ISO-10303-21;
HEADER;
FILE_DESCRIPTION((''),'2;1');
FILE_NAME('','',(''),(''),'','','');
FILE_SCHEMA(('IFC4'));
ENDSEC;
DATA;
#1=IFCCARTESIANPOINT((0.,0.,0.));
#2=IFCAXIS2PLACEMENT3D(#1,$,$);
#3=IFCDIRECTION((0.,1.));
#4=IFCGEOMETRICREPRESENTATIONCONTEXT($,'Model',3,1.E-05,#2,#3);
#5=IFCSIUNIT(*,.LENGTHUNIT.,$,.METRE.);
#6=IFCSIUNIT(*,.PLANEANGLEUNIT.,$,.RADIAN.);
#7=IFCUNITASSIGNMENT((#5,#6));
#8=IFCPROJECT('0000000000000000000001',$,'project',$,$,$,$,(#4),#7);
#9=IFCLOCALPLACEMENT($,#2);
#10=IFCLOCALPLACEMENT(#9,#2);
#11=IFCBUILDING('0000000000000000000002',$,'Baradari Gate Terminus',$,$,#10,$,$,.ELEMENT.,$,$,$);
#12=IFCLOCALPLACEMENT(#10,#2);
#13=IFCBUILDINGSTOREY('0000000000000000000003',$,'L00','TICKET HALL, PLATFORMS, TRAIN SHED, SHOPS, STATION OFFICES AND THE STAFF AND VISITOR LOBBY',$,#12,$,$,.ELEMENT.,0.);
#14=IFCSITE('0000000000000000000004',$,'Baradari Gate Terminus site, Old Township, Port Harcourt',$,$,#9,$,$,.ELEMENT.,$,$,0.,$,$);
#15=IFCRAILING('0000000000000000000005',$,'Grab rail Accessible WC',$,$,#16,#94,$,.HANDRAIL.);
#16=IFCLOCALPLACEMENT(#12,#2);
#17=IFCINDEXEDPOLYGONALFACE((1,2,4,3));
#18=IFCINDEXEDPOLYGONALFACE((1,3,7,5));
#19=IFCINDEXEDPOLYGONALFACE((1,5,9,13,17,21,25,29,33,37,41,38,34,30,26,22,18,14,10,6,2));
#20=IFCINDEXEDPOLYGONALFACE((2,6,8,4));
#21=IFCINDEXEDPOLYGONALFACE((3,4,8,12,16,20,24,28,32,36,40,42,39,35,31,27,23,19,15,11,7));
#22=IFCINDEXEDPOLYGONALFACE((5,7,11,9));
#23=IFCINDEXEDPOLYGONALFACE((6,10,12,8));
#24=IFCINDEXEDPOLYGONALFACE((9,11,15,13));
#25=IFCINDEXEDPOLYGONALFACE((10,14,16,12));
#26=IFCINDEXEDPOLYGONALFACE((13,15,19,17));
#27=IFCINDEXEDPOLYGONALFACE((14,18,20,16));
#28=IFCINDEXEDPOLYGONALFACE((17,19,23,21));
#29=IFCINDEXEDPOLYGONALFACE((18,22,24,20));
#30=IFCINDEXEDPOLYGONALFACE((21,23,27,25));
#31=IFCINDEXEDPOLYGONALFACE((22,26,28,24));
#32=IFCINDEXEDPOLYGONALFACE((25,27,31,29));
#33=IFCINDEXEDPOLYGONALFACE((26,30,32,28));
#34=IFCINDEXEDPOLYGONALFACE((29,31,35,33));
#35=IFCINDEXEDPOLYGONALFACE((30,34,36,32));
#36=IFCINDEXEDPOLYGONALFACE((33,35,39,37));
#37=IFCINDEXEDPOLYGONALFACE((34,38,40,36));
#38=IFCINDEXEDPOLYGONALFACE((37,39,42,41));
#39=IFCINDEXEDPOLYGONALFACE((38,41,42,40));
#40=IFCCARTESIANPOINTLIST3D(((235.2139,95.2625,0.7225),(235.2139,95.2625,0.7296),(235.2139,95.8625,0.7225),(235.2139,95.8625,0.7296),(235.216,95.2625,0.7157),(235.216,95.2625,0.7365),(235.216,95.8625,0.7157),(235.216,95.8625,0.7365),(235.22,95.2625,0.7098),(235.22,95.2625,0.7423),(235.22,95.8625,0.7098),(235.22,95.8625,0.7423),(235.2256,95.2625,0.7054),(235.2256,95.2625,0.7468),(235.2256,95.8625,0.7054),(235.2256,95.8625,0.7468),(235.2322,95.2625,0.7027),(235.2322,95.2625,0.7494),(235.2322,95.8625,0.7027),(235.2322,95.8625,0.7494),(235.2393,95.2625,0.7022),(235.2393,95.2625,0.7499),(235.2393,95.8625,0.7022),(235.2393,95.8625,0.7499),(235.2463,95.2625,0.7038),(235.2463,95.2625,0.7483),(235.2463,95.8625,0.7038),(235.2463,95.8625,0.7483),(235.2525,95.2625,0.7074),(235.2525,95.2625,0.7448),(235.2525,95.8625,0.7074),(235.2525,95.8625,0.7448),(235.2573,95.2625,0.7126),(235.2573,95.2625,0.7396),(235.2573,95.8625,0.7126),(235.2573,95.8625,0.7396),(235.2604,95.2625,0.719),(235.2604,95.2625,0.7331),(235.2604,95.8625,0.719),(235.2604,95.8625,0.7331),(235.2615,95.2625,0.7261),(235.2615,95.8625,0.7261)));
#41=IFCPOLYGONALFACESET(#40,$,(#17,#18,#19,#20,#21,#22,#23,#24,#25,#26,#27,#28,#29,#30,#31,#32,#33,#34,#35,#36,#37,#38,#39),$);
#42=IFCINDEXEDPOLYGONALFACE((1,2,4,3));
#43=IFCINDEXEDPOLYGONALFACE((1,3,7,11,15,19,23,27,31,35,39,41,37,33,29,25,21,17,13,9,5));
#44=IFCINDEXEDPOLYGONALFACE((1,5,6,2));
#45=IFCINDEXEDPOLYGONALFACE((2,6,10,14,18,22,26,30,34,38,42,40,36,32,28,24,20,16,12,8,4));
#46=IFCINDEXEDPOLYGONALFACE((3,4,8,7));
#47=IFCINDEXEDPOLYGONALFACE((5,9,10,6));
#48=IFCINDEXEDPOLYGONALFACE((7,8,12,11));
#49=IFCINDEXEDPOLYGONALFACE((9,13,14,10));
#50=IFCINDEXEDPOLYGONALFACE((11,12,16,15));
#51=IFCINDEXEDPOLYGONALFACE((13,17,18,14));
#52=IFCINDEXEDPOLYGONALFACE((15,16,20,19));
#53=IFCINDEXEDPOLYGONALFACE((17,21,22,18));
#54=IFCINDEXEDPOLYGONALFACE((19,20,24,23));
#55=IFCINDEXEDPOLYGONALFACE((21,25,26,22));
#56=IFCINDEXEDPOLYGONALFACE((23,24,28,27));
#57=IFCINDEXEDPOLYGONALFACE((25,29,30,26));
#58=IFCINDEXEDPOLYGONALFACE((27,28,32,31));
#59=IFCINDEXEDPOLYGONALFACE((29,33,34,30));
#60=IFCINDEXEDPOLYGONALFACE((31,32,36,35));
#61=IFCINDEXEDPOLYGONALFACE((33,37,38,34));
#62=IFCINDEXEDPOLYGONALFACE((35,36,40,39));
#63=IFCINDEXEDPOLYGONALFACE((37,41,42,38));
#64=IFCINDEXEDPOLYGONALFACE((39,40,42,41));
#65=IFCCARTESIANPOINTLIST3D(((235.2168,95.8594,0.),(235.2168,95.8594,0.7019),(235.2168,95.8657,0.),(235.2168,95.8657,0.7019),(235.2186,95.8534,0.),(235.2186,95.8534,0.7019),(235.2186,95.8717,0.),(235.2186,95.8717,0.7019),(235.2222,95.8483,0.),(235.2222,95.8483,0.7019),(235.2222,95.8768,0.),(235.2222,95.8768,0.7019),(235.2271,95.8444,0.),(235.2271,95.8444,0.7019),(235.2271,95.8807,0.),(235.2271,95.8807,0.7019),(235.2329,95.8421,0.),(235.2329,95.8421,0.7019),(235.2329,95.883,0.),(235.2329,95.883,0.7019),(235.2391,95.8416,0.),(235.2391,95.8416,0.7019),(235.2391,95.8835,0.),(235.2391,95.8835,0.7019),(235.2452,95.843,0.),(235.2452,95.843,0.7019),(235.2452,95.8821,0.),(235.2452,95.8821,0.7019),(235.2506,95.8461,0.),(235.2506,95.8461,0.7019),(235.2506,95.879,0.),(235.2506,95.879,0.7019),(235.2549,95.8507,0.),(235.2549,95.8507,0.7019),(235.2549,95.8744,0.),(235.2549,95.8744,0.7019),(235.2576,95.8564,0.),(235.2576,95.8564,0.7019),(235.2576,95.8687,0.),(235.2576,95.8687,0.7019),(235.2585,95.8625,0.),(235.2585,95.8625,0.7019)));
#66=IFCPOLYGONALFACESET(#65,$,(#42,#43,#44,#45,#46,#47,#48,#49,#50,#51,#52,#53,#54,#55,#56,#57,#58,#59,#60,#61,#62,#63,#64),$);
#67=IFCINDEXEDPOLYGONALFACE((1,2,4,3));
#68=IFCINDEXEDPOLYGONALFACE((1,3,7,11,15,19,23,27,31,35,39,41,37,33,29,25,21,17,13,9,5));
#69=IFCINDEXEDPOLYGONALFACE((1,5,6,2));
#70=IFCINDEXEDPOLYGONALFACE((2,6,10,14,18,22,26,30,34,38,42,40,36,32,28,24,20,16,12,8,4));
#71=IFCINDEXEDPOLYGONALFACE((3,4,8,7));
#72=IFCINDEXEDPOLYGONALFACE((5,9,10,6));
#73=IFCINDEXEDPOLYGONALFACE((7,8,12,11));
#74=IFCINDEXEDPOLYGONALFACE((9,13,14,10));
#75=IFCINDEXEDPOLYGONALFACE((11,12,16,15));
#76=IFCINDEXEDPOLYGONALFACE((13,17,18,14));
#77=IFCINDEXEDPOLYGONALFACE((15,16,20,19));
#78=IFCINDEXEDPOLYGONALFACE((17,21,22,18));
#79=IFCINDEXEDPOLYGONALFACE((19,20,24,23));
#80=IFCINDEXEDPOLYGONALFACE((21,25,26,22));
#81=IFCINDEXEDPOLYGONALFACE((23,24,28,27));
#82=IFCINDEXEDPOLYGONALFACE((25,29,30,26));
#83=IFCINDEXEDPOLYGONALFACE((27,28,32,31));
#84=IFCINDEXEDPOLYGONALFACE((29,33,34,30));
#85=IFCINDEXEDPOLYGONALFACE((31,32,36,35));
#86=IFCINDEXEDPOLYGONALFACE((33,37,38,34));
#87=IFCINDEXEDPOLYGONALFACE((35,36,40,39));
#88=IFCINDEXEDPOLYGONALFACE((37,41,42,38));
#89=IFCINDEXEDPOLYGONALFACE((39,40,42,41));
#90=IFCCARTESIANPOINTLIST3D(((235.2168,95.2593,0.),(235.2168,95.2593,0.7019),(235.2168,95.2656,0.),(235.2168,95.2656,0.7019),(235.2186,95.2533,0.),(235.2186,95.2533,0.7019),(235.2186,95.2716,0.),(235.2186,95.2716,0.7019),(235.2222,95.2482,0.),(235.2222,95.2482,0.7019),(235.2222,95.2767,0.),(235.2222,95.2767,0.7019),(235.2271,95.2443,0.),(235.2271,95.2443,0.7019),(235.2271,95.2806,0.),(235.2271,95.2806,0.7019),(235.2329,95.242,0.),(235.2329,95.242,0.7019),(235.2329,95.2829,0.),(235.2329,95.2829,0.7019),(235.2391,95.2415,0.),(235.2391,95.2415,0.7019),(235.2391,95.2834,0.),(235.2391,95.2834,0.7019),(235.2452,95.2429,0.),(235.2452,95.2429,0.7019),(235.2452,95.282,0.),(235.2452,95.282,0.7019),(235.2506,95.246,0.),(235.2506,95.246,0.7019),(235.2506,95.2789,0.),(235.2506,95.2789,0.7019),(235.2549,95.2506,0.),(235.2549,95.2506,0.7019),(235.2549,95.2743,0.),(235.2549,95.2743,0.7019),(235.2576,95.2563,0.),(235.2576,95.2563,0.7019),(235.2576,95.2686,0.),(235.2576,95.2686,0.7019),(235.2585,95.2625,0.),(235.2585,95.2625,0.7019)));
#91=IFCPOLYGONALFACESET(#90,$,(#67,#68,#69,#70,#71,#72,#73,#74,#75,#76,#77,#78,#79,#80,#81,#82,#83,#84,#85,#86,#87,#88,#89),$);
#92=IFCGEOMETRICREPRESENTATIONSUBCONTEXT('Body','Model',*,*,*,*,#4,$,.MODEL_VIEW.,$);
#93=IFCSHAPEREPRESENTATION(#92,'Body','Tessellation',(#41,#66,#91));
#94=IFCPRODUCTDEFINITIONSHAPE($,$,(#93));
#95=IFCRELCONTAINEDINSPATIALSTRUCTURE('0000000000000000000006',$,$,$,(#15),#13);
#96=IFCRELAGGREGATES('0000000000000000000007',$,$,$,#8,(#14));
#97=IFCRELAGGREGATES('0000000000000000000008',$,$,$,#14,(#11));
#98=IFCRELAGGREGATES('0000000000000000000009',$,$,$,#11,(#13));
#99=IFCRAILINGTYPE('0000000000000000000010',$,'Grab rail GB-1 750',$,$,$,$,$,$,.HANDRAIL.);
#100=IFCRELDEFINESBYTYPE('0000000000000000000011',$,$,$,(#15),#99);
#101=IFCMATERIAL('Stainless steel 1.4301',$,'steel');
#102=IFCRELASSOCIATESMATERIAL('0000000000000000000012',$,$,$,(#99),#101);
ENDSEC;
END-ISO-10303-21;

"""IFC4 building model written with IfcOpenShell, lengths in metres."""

from ifc_helpers import new_model, si_unit, direction, frame, origin, origin_2d, place, context, subcontext, project, spatial, circle, extrude, material, type_object, element, save


model = new_model("IFC4")

# Units and contexts
model_context = context("Model", 3, precision=1e-05, world=origin(), true_north=direction((0.0, 1.0)))
body_context = subcontext(model_context, "Body", "Model", "MODEL_VIEW")
ifc_project = project(units=[si_unit("LENGTHUNIT", "METRE"), si_unit("PLANEANGLEUNIT", "RADIAN")], contexts=[model_context])

# Site, building, storey
site_placement = place(None, origin())
site = spatial("IfcSite", under=ifc_project, at=site_placement, Name="Baradari Gate Terminus site, Old Township, Port Harcourt", CompositionType="ELEMENT", RefElevation=0.0)
building_placement = place(site_placement, origin())
building = spatial("IfcBuilding", under=site, at=building_placement, Name="Baradari Gate Terminus", CompositionType="ELEMENT")
storey_placement = place(building_placement, origin())
storey = spatial("IfcBuildingStorey", under=building, at=storey_placement, Name="L00", Description="TICKET HALL, PLATFORMS, TRAIN SHED, SHOPS, STATION OFFICES AND THE STAFF AND VISITOR LOBBY", CompositionType="ELEMENT", Elevation=0.0)

# Railing
ifc_material_1 = material(Name="Stainless steel 1.4301", Category="steel")
railing_type_1 = type_object("IfcRailingType", Name="Grab rail GB-1 750", PredefinedType="HANDRAIL", material=ifc_material_1)
railing_placement = place(storey_placement, frame((235.2375, 95.8625, 0.0)))
element("IfcRailing", 1, at=railing_placement, inside=storey, type_object=railing_type_1, Name="Grab rail Accessible WC", PredefinedType="HANDRAIL", context=body_context, shape_type="SweptSolid", body=[
    extrude(circle(Radius=0.0239, at=origin_2d()), frame((0.0, 0.0, 0.7261), z_axis=(0.0, -1.0, 0.0), x_axis=(1.0, 0.0, 0.0)), (0.0, 0.0, 1.0), 0.6001),
    extrude(circle(Radius=0.021, at=origin_2d()), origin(), (0.0, 0.0, 1.0), 0.7019),
    extrude(circle(Radius=0.021, at=origin_2d()), frame((0.0, -0.6001, 0.0)), (0.0, 0.0, 1.0), 0.7019),
])

save(model, "model.ifc")
